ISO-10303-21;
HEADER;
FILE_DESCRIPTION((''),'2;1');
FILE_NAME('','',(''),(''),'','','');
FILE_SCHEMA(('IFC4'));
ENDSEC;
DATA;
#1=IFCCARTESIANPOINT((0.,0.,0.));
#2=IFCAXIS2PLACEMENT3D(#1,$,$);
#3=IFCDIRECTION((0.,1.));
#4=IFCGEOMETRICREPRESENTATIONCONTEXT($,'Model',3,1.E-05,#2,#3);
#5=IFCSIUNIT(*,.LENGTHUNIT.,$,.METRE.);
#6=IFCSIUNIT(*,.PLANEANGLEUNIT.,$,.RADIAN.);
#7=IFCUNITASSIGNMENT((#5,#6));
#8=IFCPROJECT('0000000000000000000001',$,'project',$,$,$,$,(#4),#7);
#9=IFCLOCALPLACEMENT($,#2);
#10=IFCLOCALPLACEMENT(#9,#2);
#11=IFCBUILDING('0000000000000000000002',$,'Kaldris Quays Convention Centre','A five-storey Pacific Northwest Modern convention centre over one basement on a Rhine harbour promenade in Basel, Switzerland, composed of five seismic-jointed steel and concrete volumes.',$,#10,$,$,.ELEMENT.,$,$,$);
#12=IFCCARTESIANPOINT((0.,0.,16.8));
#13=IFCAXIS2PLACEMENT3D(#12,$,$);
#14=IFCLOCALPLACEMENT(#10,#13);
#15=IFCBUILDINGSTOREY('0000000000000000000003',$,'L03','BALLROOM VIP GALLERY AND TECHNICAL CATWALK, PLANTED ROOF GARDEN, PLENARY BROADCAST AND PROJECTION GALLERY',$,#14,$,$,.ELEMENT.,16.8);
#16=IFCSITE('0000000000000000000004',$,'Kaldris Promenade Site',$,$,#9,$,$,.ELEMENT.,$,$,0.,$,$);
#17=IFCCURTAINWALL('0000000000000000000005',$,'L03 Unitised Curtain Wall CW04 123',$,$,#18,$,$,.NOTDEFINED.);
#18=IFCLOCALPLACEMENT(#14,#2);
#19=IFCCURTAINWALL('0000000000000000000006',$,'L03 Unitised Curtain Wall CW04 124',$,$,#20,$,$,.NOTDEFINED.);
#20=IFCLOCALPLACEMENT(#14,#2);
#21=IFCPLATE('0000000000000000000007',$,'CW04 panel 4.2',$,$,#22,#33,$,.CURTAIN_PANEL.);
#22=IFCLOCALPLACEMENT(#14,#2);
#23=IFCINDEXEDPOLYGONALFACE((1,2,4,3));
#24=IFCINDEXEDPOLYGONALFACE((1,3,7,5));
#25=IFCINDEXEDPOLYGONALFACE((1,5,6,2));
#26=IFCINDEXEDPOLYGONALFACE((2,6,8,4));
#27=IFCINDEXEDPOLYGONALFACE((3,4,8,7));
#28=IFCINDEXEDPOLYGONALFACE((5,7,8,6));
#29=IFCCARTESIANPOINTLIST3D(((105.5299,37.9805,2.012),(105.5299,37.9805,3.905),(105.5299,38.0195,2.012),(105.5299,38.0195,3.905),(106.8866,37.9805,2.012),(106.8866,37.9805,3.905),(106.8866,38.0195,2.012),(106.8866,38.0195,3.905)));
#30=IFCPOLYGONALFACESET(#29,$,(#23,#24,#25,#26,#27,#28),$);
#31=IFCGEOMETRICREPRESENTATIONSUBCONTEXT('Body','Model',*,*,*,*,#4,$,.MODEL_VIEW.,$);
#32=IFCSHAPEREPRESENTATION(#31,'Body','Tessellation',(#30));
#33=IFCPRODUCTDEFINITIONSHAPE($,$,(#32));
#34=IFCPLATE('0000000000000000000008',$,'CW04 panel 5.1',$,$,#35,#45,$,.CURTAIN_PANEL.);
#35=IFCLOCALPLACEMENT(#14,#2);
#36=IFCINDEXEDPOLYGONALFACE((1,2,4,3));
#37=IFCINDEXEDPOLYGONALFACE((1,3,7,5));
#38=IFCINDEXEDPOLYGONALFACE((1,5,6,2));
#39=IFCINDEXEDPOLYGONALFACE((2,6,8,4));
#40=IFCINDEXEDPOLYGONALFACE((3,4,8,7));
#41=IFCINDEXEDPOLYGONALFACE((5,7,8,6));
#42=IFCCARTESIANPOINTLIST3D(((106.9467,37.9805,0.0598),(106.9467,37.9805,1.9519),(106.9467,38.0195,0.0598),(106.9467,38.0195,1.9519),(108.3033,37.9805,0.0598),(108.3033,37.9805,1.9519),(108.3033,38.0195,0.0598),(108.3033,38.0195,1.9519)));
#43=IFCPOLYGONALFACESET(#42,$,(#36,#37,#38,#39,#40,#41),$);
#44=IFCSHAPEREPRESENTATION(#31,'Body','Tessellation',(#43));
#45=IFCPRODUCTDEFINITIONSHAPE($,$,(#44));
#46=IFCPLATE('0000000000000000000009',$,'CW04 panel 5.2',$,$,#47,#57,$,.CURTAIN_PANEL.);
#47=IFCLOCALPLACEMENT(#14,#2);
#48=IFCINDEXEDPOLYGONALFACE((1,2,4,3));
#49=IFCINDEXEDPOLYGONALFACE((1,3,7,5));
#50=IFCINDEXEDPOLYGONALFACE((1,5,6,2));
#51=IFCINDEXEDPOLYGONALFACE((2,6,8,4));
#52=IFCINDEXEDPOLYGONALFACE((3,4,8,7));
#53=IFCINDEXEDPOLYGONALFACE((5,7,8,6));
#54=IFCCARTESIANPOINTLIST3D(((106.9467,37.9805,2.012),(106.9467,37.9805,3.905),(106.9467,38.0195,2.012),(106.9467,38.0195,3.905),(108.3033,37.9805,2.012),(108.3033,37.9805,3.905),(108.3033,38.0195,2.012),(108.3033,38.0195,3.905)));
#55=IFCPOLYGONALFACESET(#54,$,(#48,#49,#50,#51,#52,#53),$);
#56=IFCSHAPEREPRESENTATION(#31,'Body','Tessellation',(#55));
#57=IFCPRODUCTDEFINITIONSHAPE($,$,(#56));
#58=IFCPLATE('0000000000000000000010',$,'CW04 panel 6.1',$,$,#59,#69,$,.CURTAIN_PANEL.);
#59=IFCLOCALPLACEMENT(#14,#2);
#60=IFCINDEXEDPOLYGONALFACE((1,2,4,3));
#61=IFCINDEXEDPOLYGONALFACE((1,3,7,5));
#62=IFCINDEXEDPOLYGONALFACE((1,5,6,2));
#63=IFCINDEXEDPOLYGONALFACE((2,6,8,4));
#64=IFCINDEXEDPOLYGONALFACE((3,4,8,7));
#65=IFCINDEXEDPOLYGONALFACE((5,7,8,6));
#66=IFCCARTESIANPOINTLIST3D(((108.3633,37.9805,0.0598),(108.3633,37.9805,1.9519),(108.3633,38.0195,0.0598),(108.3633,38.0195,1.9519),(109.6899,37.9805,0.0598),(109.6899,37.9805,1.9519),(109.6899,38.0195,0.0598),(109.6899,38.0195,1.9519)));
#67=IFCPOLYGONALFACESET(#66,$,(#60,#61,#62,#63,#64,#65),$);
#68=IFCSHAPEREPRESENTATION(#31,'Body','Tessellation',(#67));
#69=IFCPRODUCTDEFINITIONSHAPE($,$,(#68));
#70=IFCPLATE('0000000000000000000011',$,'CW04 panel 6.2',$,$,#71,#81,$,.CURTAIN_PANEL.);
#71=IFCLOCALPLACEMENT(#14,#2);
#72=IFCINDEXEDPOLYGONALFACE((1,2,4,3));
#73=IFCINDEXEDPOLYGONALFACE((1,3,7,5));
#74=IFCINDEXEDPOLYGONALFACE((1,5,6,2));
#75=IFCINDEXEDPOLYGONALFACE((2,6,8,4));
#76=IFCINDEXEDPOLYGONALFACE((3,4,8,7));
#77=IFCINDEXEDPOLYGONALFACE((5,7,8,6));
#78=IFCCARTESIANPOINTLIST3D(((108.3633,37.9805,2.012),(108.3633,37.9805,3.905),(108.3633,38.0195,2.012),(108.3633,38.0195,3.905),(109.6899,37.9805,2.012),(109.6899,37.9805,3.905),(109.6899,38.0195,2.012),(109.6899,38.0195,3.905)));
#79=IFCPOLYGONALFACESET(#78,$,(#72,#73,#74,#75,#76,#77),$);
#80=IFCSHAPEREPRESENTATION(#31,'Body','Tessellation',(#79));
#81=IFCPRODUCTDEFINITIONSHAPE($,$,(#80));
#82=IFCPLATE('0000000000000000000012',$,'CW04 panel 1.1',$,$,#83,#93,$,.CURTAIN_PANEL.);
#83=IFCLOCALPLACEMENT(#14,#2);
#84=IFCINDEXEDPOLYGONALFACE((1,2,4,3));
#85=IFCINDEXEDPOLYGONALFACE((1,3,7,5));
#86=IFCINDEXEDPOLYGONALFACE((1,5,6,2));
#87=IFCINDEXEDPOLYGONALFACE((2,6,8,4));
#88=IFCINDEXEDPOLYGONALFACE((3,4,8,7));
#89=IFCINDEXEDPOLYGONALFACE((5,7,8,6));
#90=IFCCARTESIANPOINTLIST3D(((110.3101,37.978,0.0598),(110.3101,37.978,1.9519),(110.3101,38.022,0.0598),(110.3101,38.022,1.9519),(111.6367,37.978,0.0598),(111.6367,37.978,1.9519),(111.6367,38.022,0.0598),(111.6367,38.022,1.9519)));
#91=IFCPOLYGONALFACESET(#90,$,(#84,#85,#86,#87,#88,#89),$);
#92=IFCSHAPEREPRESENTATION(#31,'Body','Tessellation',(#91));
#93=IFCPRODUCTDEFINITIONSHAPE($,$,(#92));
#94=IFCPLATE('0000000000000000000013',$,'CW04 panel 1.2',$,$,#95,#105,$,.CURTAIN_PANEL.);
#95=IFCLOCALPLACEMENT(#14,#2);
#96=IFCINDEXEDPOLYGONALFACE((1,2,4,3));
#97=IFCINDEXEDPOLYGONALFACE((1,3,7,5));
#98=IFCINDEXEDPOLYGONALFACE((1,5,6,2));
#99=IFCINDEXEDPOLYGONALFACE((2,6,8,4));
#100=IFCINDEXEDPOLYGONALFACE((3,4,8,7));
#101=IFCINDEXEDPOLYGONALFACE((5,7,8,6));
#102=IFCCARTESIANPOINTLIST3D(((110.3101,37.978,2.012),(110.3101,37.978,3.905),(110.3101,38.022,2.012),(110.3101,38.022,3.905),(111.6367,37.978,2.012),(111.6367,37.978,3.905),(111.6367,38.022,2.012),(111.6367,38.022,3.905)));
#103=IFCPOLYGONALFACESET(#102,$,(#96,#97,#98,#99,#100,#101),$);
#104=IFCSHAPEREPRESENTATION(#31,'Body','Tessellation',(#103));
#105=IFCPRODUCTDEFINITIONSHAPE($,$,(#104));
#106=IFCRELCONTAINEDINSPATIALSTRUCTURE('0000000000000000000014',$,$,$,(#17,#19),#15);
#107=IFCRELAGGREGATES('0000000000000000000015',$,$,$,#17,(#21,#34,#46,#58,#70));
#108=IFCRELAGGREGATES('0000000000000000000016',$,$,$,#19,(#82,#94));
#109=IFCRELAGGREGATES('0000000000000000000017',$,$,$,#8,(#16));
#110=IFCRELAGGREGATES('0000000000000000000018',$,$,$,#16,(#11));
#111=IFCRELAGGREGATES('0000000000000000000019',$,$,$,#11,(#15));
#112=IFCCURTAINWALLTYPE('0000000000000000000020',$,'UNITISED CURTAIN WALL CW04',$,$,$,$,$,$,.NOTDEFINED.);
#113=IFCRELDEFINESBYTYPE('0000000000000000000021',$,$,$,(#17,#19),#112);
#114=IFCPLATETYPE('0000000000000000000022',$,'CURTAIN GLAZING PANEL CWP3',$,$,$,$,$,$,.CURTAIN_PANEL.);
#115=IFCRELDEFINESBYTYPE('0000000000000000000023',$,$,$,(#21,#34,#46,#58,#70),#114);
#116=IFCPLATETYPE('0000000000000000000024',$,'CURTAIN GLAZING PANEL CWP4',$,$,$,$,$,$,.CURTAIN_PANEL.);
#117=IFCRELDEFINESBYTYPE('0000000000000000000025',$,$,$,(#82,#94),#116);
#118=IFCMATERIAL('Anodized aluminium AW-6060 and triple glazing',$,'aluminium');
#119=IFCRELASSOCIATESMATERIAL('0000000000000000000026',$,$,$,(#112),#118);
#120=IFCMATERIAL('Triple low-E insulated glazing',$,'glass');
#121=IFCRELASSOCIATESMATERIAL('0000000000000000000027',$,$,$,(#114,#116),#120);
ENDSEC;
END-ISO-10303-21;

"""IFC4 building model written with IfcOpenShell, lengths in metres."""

from ifc_helpers import new_model, si_unit, direction, frame, origin, origin_2d, place, context, subcontext, project, spatial, rectangle, extrude, material, type_object, element, aggregate, save


model = new_model("IFC4")

# Units and contexts
model_context = context("Model", 3, precision=1e-05, world=origin(), true_north=direction((0.0, 1.0)))
body_context = subcontext(model_context, "Body", "Model", "MODEL_VIEW")
ifc_project = project(units=[si_unit("LENGTHUNIT", "METRE"), si_unit("PLANEANGLEUNIT", "RADIAN")], contexts=[model_context])

# Site, building, storey
site_placement = place(None, origin())
site = spatial("IfcSite", under=ifc_project, at=site_placement, Name="Kaldris Promenade Site", CompositionType="ELEMENT", RefElevation=0.0)
building_placement = place(site_placement, origin())
building = spatial("IfcBuilding", under=site, at=building_placement, Name="Kaldris Quays Convention Centre", Description="A five-storey Pacific Northwest Modern convention centre over one basement on a Rhine harbour promenade in Basel, Switzerland, composed of five seismic-jointed steel and concrete volumes.", CompositionType="ELEMENT")
storey_placement = place(building_placement, frame((0.0, 0.0, 16.8)))
storey = spatial("IfcBuildingStorey", under=building, at=storey_placement, Name="L03", Description="BALLROOM VIP GALLERY AND TECHNICAL CATWALK, PLANTED ROOF GARDEN, PLENARY BROADCAST AND PROJECTION GALLERY", CompositionType="ELEMENT", Elevation=16.8)

# Curtain walls
ifc_material_1 = material(Name="Anodized aluminium AW-6060 and triple glazing", Category="aluminium")
curtain_wall_type = type_object("IfcCurtainWallType", Name="UNITISED CURTAIN WALL CW04", PredefinedType="NOTDEFINED", material=ifc_material_1)
curtain_wall_1_placement = place(storey_placement, origin())
curtain_wall_1 = element("IfcCurtainWall", 1, at=curtain_wall_1_placement, inside=storey, type_object=curtain_wall_type, Name="L03 Unitised Curtain Wall CW04 123", PredefinedType="NOTDEFINED")
curtain_wall_2_placement = place(storey_placement, origin())
curtain_wall_2 = element("IfcCurtainWall", 2, at=curtain_wall_2_placement, inside=storey, type_object=curtain_wall_type, Name="L03 Unitised Curtain Wall CW04 124", PredefinedType="NOTDEFINED")

# Plates
ifc_material_2 = material(Name="Triple low-E insulated glazing", Category="glass")
plate_type_1 = type_object("IfcPlateType", Name="CURTAIN GLAZING PANEL CWP3", PredefinedType="CURTAIN_PANEL", material=ifc_material_2)
plate_1_placement = place(storey_placement, frame((106.2083, 38.0, 2.012), z_axis=(0.0, 0.0, 1.0), x_axis=(1.0, 0.0, 0.0)))
plate_1 = element("IfcPlate", 3, at=plate_1_placement, type_object=plate_type_1, Name="CW04 panel 4.2", PredefinedType="CURTAIN_PANEL", context=body_context, shape_type="SweptSolid", body=[
    extrude(rectangle(XDim=1.3567, YDim=0.0391, at=origin_2d()), origin(), (0.0, 0.0, 1.0), 1.8931),
])
plate_2_placement = place(storey_placement, frame((107.625, 38.0, 0.0598), z_axis=(0.0, 0.0, 1.0), x_axis=(1.0, 0.0, 0.0)))
plate_2 = element("IfcPlate", 4, at=plate_2_placement, type_object=plate_type_1, Name="CW04 panel 5.1", PredefinedType="CURTAIN_PANEL", context=body_context, shape_type="SweptSolid", body=[
    extrude(rectangle(XDim=1.3567, YDim=0.0391, at=origin_2d()), origin(), (0.0, 0.0, 1.0), 1.8921),
])
plate_3_placement = place(storey_placement, frame((107.625, 38.0, 2.012), z_axis=(0.0, 0.0, 1.0), x_axis=(1.0, 0.0, 0.0)))
plate_3 = element("IfcPlate", 5, at=plate_3_placement, type_object=plate_type_1, Name="CW04 panel 5.2", PredefinedType="CURTAIN_PANEL", context=body_context, shape_type="SweptSolid", body=[
    extrude(rectangle(XDim=1.3567, YDim=0.0391, at=origin_2d()), origin(), (0.0, 0.0, 1.0), 1.8931),
])
plate_4_placement = place(storey_placement, frame((109.0266, 38.0, 0.0598), z_axis=(0.0, 0.0, 1.0), x_axis=(1.0, 0.0, 0.0)))
plate_4 = element("IfcPlate", 6, at=plate_4_placement, type_object=plate_type_1, Name="CW04 panel 6.1", PredefinedType="CURTAIN_PANEL", context=body_context, shape_type="SweptSolid", body=[
    extrude(rectangle(XDim=1.3267, YDim=0.0391, at=origin_2d()), origin(), (0.0, 0.0, 1.0), 1.8921),
])
plate_5_placement = place(storey_placement, frame((109.0266, 38.0, 2.012), z_axis=(0.0, 0.0, 1.0), x_axis=(1.0, 0.0, 0.0)))
plate_5 = element("IfcPlate", 7, at=plate_5_placement, type_object=plate_type_1, Name="CW04 panel 6.2", PredefinedType="CURTAIN_PANEL", context=body_context, shape_type="SweptSolid", body=[
    extrude(rectangle(XDim=1.3267, YDim=0.0391, at=origin_2d()), origin(), (0.0, 0.0, 1.0), 1.8931),
])
aggregate(curtain_wall_1, [plate_1, plate_2, plate_3, plate_4, plate_5])
plate_type_2 = type_object("IfcPlateType", Name="CURTAIN GLAZING PANEL CWP4", PredefinedType="CURTAIN_PANEL", material=ifc_material_2)
plate_6_placement = place(storey_placement, frame((110.9734, 38.0, 0.0598), z_axis=(0.0, 0.0, 1.0), x_axis=(1.0, 0.0, 0.0)))
plate_6 = element("IfcPlate", 8, at=plate_6_placement, type_object=plate_type_2, Name="CW04 panel 1.1", PredefinedType="CURTAIN_PANEL", context=body_context, shape_type="SweptSolid", body=[
    extrude(rectangle(XDim=1.3267, YDim=0.0439, at=origin_2d()), origin(), (0.0, 0.0, 1.0), 1.8921),
])
plate_7_placement = place(storey_placement, frame((110.9734, 38.0, 2.012), z_axis=(0.0, 0.0, 1.0), x_axis=(1.0, 0.0, 0.0)))
plate_7 = element("IfcPlate", 9, at=plate_7_placement, type_object=plate_type_2, Name="CW04 panel 1.2", PredefinedType="CURTAIN_PANEL", context=body_context, shape_type="SweptSolid", body=[
    extrude(rectangle(XDim=1.3267, YDim=0.0439, at=origin_2d()), origin(), (0.0, 0.0, 1.0), 1.8931),
])
aggregate(curtain_wall_2, [plate_6, plate_7])

save(model, "model.ifc")
